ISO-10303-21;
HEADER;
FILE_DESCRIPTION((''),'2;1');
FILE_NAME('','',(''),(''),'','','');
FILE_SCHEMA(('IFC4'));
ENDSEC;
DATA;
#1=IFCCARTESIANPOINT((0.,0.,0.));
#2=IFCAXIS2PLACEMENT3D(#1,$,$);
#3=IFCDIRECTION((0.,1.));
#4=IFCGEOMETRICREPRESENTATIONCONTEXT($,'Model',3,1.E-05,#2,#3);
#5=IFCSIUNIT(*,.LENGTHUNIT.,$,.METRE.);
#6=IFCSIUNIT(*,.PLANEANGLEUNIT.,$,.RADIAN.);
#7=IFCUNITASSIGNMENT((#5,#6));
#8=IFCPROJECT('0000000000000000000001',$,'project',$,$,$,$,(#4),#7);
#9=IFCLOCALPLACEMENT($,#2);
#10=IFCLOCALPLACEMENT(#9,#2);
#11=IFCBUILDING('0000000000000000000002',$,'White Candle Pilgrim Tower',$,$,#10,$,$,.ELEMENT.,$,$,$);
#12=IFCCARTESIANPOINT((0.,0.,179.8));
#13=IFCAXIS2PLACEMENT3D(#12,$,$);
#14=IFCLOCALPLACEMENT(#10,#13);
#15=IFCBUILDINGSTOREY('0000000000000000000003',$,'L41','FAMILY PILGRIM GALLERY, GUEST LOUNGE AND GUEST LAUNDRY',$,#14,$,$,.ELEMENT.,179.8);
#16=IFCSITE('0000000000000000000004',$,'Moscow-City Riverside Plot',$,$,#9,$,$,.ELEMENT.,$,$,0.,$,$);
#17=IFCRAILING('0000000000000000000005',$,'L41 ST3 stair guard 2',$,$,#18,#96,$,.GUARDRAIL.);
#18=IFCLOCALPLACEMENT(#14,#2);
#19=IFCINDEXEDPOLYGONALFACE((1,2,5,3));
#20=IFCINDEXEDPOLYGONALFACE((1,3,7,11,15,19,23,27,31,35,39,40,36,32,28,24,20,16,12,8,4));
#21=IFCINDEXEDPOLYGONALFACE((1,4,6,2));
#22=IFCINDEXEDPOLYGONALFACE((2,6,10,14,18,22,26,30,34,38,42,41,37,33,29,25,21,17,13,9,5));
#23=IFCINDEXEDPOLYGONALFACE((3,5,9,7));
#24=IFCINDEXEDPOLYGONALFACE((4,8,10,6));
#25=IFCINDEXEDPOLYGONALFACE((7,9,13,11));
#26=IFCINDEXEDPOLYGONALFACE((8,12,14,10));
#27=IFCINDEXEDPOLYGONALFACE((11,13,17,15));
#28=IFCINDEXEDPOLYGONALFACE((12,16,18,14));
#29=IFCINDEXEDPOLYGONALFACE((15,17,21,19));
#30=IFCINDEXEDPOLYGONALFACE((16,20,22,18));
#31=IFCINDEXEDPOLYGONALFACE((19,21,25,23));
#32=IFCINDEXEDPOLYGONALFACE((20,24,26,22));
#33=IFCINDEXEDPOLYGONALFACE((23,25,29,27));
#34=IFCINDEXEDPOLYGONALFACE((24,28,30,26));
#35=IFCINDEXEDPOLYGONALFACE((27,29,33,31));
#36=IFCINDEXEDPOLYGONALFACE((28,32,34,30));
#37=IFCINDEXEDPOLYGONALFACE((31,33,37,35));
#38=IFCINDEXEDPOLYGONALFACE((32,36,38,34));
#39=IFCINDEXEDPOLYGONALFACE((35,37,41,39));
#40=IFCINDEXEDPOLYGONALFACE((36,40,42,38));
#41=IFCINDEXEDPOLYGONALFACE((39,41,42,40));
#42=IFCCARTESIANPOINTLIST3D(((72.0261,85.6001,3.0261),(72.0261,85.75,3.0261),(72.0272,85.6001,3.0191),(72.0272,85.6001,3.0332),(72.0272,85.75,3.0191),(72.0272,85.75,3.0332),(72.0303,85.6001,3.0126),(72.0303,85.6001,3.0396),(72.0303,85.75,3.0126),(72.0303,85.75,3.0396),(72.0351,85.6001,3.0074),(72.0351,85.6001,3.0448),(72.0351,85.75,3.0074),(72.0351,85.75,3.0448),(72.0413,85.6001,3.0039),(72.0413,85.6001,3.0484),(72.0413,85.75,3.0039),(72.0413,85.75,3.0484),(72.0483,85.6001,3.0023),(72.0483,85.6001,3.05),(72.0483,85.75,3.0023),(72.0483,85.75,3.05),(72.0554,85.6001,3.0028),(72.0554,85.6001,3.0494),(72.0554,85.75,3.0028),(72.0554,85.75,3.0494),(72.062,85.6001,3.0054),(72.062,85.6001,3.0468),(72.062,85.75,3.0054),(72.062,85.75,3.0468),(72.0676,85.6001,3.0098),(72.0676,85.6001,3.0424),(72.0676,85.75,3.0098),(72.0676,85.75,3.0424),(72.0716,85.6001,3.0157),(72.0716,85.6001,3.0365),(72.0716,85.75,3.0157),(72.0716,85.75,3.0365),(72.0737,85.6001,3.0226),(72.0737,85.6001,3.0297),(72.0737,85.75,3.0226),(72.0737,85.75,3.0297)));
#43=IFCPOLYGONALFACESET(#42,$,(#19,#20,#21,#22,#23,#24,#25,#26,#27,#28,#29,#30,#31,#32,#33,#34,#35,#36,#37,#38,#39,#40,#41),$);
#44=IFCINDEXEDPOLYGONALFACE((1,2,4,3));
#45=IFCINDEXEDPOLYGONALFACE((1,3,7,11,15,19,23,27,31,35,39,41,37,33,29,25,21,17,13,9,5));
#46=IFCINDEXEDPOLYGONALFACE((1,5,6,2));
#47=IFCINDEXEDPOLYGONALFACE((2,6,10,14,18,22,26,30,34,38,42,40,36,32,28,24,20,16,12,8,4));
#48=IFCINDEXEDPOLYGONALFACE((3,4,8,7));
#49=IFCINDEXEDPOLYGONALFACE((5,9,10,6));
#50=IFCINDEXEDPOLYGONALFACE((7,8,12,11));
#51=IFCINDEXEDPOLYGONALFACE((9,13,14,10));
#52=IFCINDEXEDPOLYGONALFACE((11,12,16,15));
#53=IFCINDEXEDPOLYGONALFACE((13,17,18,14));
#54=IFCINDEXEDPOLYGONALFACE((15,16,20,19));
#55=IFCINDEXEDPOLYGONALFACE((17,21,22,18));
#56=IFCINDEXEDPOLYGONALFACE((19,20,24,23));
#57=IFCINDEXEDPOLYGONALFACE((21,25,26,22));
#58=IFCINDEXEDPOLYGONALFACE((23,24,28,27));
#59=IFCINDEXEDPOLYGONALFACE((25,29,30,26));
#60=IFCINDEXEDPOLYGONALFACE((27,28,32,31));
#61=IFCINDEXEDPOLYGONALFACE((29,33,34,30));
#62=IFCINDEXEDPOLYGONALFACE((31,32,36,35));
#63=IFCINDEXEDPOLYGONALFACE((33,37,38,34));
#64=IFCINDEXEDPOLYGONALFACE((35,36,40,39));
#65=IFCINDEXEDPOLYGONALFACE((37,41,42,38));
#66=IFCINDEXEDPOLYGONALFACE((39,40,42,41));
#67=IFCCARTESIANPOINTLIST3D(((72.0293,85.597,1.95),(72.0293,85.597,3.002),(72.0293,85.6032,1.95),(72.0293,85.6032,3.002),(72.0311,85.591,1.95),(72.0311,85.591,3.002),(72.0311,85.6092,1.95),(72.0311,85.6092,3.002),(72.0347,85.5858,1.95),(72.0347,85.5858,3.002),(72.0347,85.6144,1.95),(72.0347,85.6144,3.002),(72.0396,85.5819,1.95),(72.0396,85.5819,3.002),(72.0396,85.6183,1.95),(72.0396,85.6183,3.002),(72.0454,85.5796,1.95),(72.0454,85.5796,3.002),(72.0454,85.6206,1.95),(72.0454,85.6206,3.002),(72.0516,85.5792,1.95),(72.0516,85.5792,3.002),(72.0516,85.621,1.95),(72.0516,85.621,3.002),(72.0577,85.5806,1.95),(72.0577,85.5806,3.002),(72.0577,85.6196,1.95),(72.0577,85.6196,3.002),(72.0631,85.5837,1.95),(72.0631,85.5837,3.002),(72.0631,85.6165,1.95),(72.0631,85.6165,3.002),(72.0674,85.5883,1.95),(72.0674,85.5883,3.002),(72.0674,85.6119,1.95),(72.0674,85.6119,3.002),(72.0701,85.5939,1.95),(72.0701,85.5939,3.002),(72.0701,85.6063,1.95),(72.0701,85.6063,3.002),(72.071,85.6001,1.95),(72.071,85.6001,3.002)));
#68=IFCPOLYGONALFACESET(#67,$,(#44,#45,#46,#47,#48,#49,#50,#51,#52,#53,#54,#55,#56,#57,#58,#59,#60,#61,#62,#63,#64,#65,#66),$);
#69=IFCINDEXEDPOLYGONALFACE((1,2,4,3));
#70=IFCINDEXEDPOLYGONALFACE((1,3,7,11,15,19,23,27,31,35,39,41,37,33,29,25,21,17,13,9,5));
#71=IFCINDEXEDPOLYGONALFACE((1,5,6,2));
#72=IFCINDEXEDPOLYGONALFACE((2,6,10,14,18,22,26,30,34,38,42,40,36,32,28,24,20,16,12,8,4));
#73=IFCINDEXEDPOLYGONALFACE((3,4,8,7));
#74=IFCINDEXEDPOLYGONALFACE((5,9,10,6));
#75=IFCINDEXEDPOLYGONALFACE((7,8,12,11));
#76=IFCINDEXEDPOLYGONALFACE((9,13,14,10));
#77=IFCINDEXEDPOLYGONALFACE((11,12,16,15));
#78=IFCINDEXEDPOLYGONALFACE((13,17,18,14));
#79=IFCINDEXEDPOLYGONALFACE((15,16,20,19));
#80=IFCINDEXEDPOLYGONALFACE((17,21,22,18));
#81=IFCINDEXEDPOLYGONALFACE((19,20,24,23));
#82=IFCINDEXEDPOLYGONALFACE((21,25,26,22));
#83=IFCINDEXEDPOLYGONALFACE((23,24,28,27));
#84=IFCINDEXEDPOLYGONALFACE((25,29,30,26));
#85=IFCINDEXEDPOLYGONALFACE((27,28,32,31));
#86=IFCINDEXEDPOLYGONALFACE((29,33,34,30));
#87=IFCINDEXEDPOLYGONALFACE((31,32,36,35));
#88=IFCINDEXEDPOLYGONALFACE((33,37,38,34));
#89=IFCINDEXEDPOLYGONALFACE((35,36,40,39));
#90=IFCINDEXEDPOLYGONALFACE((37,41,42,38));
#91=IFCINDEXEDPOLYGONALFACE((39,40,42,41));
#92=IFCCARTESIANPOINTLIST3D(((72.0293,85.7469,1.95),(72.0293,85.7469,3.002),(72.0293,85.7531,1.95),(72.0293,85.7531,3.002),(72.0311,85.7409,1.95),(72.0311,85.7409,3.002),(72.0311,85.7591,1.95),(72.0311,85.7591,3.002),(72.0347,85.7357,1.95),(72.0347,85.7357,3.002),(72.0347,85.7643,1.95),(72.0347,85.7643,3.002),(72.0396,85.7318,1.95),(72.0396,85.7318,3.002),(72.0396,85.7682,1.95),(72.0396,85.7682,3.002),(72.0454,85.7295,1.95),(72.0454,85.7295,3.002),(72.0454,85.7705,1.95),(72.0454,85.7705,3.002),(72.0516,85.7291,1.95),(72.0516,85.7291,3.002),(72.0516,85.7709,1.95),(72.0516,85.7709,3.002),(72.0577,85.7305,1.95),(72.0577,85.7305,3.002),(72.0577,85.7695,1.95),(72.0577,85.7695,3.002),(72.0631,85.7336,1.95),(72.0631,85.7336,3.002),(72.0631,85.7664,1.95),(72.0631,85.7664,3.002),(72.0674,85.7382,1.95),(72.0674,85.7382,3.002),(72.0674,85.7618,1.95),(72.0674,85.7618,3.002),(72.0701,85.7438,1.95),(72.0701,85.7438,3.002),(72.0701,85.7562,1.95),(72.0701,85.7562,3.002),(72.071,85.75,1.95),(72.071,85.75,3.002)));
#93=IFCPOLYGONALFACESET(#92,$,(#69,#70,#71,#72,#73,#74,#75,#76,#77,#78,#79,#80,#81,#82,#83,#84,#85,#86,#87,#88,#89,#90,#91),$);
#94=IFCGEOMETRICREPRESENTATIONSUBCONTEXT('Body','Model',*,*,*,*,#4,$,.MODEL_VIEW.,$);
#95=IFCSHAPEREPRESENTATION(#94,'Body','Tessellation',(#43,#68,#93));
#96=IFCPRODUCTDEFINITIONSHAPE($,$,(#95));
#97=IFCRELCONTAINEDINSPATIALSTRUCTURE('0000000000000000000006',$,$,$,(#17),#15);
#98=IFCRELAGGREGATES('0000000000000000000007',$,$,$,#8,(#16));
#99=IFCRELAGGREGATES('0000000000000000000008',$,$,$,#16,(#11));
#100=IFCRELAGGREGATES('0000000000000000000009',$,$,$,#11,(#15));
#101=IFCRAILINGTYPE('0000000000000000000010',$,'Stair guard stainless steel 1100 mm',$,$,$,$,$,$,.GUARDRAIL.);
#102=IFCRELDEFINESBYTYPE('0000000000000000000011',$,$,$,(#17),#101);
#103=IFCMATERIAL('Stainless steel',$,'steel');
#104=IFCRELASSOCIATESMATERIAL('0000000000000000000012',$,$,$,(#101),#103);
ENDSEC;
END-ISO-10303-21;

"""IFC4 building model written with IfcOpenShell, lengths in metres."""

from ifc_helpers import new_model, si_unit, direction, frame, origin, origin_2d, place, context, subcontext, project, spatial, circle, extrude, material, type_object, element, save


model = new_model("IFC4")

# Units and contexts
model_context = context("Model", 3, precision=1e-05, world=origin(), true_north=direction((0.0, 1.0)))
body_context = subcontext(model_context, "Body", "Model", "MODEL_VIEW")
ifc_project = project(units=[si_unit("LENGTHUNIT", "METRE"), si_unit("PLANEANGLEUNIT", "RADIAN")], contexts=[model_context])

# Site, building, storey
site_placement = place(None, origin())
site = spatial("IfcSite", under=ifc_project, at=site_placement, Name="Moscow-City Riverside Plot", CompositionType="ELEMENT", RefElevation=0.0)
building_placement = place(site_placement, origin())
building = spatial("IfcBuilding", under=site, at=building_placement, Name="White Candle Pilgrim Tower", CompositionType="ELEMENT")
storey_placement = place(building_placement, frame((0.0, 0.0, 179.8)))
storey = spatial("IfcBuildingStorey", under=building, at=storey_placement, Name="L41", Description="FAMILY PILGRIM GALLERY, GUEST LOUNGE AND GUEST LAUNDRY", CompositionType="ELEMENT", Elevation=179.8)

# Railing
ifc_material_1 = material(Name="Stainless steel", Category="steel")
railing_type_1 = type_object("IfcRailingType", Name="Stair guard stainless steel 1100 mm", PredefinedType="GUARDRAIL", material=ifc_material_1)
railing_1_placement = place(storey_placement, frame((72.05, 85.6001, 1.95)))
element("IfcRailing", 1, at=railing_1_placement, inside=storey, type_object=railing_type_1, Name="L41 ST3 stair guard 2", PredefinedType="GUARDRAIL", context=body_context, shape_type="SweptSolid", body=[
    extrude(circle(Radius=0.0239, at=origin_2d()), frame((0.0, 0.0, 1.0762), z_axis=(0.0, 1.0, 0.0), x_axis=(-1.0, 0.0, 0.0)), (0.0, 0.0, 1.0), 0.1499),
    extrude(circle(Radius=0.021, at=origin_2d()), origin(), (0.0, 0.0, 1.0), 1.052),
    extrude(circle(Radius=0.021, at=origin_2d()), frame((0.0, 0.1499, 0.0)), (0.0, 0.0, 1.0), 1.052),
])

save(model, "model.ifc")
